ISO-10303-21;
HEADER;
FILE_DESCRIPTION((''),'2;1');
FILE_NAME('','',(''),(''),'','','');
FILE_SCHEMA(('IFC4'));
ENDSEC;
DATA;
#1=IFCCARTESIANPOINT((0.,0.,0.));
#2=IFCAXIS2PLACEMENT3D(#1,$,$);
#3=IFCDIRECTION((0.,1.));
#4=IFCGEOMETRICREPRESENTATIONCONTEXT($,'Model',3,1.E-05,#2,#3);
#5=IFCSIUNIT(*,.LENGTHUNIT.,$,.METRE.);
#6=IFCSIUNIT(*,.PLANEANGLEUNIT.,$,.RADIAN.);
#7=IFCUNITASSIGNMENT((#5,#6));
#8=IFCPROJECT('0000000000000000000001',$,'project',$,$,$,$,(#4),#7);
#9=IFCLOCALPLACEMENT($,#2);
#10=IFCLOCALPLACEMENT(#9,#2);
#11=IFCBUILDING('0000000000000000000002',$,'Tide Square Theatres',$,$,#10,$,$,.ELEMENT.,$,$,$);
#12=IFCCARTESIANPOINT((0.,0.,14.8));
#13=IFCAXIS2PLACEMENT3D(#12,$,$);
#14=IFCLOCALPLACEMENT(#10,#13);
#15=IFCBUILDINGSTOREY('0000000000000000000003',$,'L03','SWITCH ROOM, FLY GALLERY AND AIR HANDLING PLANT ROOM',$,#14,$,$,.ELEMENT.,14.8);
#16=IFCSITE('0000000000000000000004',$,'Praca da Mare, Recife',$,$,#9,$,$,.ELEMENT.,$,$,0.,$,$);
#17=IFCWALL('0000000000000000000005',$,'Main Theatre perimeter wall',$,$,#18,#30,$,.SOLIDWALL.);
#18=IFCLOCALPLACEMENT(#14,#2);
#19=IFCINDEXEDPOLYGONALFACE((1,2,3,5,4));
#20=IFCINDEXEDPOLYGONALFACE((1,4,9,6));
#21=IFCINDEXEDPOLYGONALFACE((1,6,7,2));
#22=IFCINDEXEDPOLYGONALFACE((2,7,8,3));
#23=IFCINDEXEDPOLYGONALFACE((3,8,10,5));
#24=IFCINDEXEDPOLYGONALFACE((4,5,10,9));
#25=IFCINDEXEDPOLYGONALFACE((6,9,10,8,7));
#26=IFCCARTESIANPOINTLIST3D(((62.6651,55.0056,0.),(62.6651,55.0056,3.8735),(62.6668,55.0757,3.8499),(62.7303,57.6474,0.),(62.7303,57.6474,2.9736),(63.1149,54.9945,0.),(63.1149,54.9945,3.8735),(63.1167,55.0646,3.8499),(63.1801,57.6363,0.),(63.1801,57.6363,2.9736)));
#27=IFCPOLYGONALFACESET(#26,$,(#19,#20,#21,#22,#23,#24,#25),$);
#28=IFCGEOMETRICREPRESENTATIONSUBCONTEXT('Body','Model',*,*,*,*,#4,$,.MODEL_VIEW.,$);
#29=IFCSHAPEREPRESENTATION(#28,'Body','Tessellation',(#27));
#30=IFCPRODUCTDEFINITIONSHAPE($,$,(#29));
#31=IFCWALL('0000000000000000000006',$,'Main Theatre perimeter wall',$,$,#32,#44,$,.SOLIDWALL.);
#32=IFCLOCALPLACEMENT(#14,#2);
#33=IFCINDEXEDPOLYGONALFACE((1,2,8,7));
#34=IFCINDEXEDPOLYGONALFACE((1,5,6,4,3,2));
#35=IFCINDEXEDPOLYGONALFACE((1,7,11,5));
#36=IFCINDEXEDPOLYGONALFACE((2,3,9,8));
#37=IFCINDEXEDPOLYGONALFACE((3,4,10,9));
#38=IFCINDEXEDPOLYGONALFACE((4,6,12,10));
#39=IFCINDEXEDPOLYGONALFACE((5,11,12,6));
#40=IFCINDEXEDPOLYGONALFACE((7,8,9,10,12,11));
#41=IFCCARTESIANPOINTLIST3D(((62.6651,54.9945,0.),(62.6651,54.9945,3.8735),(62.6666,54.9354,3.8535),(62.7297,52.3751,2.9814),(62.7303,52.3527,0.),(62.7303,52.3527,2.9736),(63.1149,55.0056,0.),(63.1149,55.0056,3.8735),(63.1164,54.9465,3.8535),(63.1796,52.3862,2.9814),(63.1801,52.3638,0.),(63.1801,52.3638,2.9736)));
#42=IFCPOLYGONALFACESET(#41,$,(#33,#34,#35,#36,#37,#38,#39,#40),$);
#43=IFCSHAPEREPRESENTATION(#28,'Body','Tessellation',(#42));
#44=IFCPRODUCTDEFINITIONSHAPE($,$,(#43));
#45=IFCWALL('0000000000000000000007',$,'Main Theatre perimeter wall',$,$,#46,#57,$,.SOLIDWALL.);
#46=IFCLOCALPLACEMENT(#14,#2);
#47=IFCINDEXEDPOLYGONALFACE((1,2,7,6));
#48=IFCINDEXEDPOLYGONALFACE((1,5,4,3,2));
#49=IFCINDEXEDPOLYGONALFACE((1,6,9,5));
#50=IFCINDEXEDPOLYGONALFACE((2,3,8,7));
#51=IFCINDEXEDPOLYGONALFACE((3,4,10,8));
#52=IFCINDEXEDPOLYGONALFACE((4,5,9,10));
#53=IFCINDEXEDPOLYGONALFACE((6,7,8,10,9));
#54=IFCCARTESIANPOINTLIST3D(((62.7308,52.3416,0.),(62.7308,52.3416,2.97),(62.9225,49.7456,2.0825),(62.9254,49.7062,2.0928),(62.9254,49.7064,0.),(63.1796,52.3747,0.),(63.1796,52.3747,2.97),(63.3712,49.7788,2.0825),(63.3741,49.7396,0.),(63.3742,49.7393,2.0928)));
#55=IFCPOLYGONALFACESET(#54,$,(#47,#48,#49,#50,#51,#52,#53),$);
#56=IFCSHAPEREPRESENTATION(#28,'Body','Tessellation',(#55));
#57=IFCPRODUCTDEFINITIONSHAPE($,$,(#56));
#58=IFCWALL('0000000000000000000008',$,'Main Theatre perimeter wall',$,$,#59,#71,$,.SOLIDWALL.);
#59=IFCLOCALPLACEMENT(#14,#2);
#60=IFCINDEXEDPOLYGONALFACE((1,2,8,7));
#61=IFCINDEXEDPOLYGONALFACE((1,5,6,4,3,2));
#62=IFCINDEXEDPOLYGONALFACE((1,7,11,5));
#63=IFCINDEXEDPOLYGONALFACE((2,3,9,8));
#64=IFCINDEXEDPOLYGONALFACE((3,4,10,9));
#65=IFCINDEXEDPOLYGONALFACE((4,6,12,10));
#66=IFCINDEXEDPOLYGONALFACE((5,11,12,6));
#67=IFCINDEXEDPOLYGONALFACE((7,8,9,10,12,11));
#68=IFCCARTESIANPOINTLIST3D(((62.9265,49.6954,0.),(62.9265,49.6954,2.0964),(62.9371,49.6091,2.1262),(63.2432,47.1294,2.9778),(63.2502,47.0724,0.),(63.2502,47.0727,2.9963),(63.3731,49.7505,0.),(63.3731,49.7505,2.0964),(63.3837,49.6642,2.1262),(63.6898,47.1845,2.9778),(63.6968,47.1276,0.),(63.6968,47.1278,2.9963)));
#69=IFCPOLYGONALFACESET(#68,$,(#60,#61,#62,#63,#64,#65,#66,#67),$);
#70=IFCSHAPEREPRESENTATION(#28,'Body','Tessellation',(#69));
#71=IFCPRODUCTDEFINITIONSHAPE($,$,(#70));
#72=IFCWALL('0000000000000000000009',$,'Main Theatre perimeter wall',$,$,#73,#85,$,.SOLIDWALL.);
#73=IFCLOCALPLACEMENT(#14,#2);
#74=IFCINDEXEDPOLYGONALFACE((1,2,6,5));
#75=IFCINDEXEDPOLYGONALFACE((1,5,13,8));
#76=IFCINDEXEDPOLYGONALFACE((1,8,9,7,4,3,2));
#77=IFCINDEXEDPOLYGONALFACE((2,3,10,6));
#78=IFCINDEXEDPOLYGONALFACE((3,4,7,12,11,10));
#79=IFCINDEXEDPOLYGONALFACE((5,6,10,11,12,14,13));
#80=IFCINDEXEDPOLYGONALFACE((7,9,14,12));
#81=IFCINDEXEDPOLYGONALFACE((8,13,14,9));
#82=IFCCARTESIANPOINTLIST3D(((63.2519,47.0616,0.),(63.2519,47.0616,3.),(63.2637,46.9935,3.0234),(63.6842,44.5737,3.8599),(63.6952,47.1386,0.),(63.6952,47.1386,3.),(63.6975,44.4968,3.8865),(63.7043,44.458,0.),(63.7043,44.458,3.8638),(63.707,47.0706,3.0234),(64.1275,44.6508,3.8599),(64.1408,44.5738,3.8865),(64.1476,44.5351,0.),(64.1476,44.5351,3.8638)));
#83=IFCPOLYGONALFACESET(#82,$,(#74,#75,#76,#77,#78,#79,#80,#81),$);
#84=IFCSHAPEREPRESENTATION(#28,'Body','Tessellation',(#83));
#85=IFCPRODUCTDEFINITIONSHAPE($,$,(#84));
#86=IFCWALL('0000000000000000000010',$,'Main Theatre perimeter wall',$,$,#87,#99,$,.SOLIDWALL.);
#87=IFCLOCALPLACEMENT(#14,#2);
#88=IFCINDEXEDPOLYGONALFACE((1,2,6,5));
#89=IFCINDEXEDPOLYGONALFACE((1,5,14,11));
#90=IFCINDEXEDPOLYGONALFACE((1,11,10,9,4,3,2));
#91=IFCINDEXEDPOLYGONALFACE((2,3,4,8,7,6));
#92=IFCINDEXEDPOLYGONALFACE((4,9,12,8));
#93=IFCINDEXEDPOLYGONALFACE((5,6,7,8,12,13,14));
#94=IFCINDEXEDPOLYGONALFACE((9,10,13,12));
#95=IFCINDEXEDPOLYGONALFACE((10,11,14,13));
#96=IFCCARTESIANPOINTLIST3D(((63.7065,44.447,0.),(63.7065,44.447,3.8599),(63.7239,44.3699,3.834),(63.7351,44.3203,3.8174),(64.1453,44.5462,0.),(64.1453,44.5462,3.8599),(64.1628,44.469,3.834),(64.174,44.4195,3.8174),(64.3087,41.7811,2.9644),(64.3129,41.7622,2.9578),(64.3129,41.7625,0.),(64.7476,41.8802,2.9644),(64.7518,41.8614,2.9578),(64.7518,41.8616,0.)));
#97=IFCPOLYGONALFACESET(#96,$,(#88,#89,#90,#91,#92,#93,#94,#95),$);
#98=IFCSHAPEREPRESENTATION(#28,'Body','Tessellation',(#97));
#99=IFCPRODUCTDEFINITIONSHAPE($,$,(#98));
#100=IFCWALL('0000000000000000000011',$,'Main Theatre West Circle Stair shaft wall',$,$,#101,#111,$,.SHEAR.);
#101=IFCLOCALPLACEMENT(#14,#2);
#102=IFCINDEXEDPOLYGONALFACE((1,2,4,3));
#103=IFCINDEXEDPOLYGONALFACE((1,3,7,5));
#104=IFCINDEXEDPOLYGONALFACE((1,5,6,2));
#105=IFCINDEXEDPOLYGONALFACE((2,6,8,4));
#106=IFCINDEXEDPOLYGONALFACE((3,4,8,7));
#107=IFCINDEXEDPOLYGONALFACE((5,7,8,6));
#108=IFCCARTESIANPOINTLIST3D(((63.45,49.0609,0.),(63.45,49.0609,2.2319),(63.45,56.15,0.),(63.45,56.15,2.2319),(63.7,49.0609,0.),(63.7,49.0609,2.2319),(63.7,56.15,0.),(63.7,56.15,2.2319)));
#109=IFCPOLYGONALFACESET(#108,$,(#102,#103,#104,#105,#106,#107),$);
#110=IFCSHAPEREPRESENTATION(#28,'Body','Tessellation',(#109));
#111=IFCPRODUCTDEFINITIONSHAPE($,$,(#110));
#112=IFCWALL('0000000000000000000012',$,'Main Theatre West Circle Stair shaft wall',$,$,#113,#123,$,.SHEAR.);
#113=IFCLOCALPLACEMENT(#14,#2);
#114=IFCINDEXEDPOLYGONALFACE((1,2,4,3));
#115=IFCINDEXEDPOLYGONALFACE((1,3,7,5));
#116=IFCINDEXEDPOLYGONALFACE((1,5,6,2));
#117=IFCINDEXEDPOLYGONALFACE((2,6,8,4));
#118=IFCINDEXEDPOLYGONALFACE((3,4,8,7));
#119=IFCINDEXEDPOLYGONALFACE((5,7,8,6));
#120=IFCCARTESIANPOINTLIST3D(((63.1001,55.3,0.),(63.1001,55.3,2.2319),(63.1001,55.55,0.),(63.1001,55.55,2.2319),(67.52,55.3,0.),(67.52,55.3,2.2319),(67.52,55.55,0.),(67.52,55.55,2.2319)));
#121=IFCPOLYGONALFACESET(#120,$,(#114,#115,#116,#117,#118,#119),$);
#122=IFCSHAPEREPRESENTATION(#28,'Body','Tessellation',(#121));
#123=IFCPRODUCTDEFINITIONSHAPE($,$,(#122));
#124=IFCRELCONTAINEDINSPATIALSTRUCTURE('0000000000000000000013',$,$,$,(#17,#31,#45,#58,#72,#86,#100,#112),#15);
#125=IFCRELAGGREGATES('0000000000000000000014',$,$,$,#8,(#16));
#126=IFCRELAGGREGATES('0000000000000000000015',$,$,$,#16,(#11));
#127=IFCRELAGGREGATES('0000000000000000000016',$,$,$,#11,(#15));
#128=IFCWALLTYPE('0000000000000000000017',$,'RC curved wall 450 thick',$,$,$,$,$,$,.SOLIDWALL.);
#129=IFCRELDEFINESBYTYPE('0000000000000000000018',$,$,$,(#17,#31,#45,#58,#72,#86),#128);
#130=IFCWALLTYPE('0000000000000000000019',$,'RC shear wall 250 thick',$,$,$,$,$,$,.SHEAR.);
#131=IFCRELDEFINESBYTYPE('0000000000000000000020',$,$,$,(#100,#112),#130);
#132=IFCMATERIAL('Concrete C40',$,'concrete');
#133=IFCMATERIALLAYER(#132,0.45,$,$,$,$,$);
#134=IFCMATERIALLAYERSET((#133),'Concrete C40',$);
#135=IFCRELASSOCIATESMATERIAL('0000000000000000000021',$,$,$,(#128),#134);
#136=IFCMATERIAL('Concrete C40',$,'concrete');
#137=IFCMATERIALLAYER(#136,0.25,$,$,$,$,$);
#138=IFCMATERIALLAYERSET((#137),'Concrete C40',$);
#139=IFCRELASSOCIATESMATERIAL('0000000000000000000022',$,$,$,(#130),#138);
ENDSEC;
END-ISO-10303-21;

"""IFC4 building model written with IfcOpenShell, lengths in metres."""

from ifc_helpers import new_model, si_unit, direction, frame, frame_2d, origin, place, context, subcontext, project, spatial, polyline, rectangle, outline, extrude, material, layer, layer_set, type_object, element, save


model = new_model("IFC4")

# Units and contexts
model_context = context("Model", 3, precision=1e-05, world=origin(), true_north=direction((0.0, 1.0)))
body_context = subcontext(model_context, "Body", "Model", "MODEL_VIEW")
ifc_project = project(units=[si_unit("LENGTHUNIT", "METRE"), si_unit("PLANEANGLEUNIT", "RADIAN")], contexts=[model_context])

# Site, building, storey
site_placement = place(None, origin())
site = spatial("IfcSite", under=ifc_project, at=site_placement, Name="Praca da Mare, Recife", CompositionType="ELEMENT", RefElevation=0.0)
building_placement = place(site_placement, origin())
building = spatial("IfcBuilding", under=site, at=building_placement, Name="Tide Square Theatres", CompositionType="ELEMENT")
storey_placement = place(building_placement, frame((0.0, 0.0, 14.8)))
storey = spatial("IfcBuildingStorey", under=building, at=storey_placement, Name="L03", Description="SWITCH ROOM, FLY GALLERY AND AIR HANDLING PLANT ROOM", CompositionType="ELEMENT", Elevation=14.8)

# Walls
ifc_material_1 = material(Name="Concrete C40", Category="concrete")
ifc_layer_1 = layer(ifc_material_1, 0.45)
ifc_layer_set_1 = layer_set([ifc_layer_1], Name="Concrete C40")
wall_type_1 = type_object("IfcWallType", Name="RC curved wall 450 thick", PredefinedType="SOLIDWALL", material=ifc_layer_set_1)
wall_1_placement = place(storey_placement, frame((62.9551, 57.6418, 0.0), z_axis=(0.0, 0.0, 1.0), x_axis=(-0.024667, -0.999696, 0.0)))
element("IfcWall", 1, at=wall_1_placement, inside=storey, type_object=wall_type_1, Name="Main Theatre perimeter wall", PredefinedType="SOLIDWALL", context=body_context, shape_type="SweptSolid", body=[
    extrude(outline(polyline([(0.0, 0.0), (2.6426, 0.0), (2.6426, 3.8735), (2.5725, 3.8499), (0.0, 2.9736), (0.0, 0.0)])), frame((0.0, 0.2251, 0.0), z_axis=(0.0, -1.0, 0.0), x_axis=(1.0, 0.0, 0.0)), (0.0, 0.0, 1.0), 0.45),
])
wall_2_placement = place(storey_placement, frame((62.8899, 55.0, 0.0), z_axis=(0.0, 0.0, 1.0), x_axis=(0.024667, -0.999696, 0.0)))
element("IfcWall", 2, at=wall_2_placement, inside=storey, type_object=wall_type_1, Name="Main Theatre perimeter wall", PredefinedType="SOLIDWALL", context=body_context, shape_type="SweptSolid", body=[
    extrude(outline(polyline([(0.0, 0.0), (2.6426, 0.0), (2.6426, 2.9736), (2.6201, 2.9814), (0.0591, 3.8535), (0.0, 3.8735), (0.0, 0.0)])), frame((0.0, 0.2251, 0.0), z_axis=(0.0, -1.0, 0.0), x_axis=(1.0, 0.0, 0.0)), (0.0, 0.0, 1.0), 0.45),
])
wall_3_placement = place(storey_placement, frame((62.9551, 52.3582, 0.0), z_axis=(0.0, 0.0, 1.0), x_axis=(0.073637, -0.997285, 0.0)))
element("IfcWall", 3, at=wall_3_placement, inside=storey, type_object=wall_type_1, Name="Main Theatre perimeter wall", PredefinedType="SOLIDWALL", context=body_context, shape_type="SweptSolid", body=[
    extrude(outline(polyline([(0.0, 0.0), (2.6423, 0.0), (2.6426, 2.0928), (2.603, 2.0825), (0.0, 2.97), (0.0, 0.0)])), frame((0.0, 0.2251, 0.0), z_axis=(0.0, -1.0, 0.0), x_axis=(1.0, 0.0, 0.0)), (0.0, 0.0, 1.0), 0.45),
])
wall_4_placement = place(storey_placement, frame((63.1497, 49.7229, 0.0), z_axis=(0.0, 0.0, 1.0), x_axis=(0.1225, -0.992469, 0.0)))
element("IfcWall", 4, at=wall_4_placement, inside=storey, type_object=wall_type_1, Name="Main Theatre perimeter wall", PredefinedType="SOLIDWALL", context=body_context, shape_type="SweptSolid", body=[
    extrude(outline(polyline([(0.0, 0.0), (2.6428, 0.0), (2.6426, 2.9963), (2.5854, 2.9778), (0.0869, 2.1262), (0.0, 2.0964), (0.0, 0.0)])), frame((0.0, 0.2251, 0.0), z_axis=(0.0, -1.0, 0.0), x_axis=(1.0, 0.0, 0.0)), (0.0, 0.0, 1.0), 0.45),
])
wall_5_placement = place(storey_placement, frame((63.4734, 47.1001, 0.0), z_axis=(0.0, 0.0, 1.0), x_axis=(0.171197, -0.985237, 0.0)))
element("IfcWall", 5, at=wall_5_placement, inside=storey, type_object=wall_type_1, Name="Main Theatre perimeter wall", PredefinedType="SOLIDWALL", context=body_context, shape_type="SweptSolid", body=[
    extrude(outline(polyline([(0.0, 0.0), (2.6426, 0.0), (2.6426, 3.8638), (2.6033, 3.8865), (2.5251, 3.8599), (0.0691, 3.0234), (0.0, 3.0), (0.0, 0.0)])), frame((0.0, 0.2251, 0.0), z_axis=(0.0, -1.0, 0.0), x_axis=(1.0, 0.0, 0.0)), (0.0, 0.0, 1.0), 0.45),
])
wall_6_placement = place(storey_placement, frame((63.9258, 44.4966, 0.0), z_axis=(0.0, 0.0, 1.0), x_axis=(0.220348, -0.975421, 0.0)))
element("IfcWall", 6, at=wall_6_placement, inside=storey, type_object=wall_type_1, Name="Main Theatre perimeter wall", PredefinedType="SOLIDWALL", context=body_context, shape_type="SweptSolid", body=[
    extrude(outline(polyline([(0.0, 0.0), (2.7522, 0.0), (2.7524, 2.9578), (2.7332, 2.9644), (0.1299, 3.8174), (0.0791, 3.834), (0.0, 3.8599), (0.0, 0.0)])), frame((0.0, 0.2251, 0.0), z_axis=(0.0, -1.0, 0.0), x_axis=(1.0, 0.0, 0.0)), (0.0, 0.0, 1.0), 0.45),
])
ifc_material_2 = material(Name="Concrete C40", Category="concrete")
ifc_layer_2 = layer(ifc_material_2, 0.25)
ifc_layer_set_2 = layer_set([ifc_layer_2], Name="Concrete C40")
wall_type_2 = type_object("IfcWallType", Name="RC shear wall 250 thick", PredefinedType="SHEAR", material=ifc_layer_set_2)
wall_7_placement = place(storey_placement, frame((63.575, 56.1499, 0.0), z_axis=(0.0, 0.0, 1.0), x_axis=(0.0, -1.0, 0.0)))
element("IfcWall", 7, at=wall_7_placement, inside=storey, type_object=wall_type_2, Name="Main Theatre West Circle Stair shaft wall", PredefinedType="SHEAR", context=body_context, shape_type="SweptSolid", body=[
    extrude(rectangle(XDim=7.0891, YDim=0.25, at=frame_2d((3.5444, 0.0))), origin(), (0.0, 0.0, 1.0), 2.2319),
])
wall_8_placement = place(storey_placement, frame((63.1001, 55.425, 0.0), z_axis=(0.0, 0.0, 1.0), x_axis=(1.0, 0.0, 0.0)))
element("IfcWall", 8, at=wall_8_placement, inside=storey, type_object=wall_type_2, Name="Main Theatre West Circle Stair shaft wall", PredefinedType="SHEAR", context=body_context, shape_type="SweptSolid", body=[
    extrude(rectangle(XDim=4.4199, YDim=0.25, at=frame_2d((2.21, 0.0))), origin(), (0.0, 0.0, 1.0), 2.2319),
])

save(model, "model.ifc")
